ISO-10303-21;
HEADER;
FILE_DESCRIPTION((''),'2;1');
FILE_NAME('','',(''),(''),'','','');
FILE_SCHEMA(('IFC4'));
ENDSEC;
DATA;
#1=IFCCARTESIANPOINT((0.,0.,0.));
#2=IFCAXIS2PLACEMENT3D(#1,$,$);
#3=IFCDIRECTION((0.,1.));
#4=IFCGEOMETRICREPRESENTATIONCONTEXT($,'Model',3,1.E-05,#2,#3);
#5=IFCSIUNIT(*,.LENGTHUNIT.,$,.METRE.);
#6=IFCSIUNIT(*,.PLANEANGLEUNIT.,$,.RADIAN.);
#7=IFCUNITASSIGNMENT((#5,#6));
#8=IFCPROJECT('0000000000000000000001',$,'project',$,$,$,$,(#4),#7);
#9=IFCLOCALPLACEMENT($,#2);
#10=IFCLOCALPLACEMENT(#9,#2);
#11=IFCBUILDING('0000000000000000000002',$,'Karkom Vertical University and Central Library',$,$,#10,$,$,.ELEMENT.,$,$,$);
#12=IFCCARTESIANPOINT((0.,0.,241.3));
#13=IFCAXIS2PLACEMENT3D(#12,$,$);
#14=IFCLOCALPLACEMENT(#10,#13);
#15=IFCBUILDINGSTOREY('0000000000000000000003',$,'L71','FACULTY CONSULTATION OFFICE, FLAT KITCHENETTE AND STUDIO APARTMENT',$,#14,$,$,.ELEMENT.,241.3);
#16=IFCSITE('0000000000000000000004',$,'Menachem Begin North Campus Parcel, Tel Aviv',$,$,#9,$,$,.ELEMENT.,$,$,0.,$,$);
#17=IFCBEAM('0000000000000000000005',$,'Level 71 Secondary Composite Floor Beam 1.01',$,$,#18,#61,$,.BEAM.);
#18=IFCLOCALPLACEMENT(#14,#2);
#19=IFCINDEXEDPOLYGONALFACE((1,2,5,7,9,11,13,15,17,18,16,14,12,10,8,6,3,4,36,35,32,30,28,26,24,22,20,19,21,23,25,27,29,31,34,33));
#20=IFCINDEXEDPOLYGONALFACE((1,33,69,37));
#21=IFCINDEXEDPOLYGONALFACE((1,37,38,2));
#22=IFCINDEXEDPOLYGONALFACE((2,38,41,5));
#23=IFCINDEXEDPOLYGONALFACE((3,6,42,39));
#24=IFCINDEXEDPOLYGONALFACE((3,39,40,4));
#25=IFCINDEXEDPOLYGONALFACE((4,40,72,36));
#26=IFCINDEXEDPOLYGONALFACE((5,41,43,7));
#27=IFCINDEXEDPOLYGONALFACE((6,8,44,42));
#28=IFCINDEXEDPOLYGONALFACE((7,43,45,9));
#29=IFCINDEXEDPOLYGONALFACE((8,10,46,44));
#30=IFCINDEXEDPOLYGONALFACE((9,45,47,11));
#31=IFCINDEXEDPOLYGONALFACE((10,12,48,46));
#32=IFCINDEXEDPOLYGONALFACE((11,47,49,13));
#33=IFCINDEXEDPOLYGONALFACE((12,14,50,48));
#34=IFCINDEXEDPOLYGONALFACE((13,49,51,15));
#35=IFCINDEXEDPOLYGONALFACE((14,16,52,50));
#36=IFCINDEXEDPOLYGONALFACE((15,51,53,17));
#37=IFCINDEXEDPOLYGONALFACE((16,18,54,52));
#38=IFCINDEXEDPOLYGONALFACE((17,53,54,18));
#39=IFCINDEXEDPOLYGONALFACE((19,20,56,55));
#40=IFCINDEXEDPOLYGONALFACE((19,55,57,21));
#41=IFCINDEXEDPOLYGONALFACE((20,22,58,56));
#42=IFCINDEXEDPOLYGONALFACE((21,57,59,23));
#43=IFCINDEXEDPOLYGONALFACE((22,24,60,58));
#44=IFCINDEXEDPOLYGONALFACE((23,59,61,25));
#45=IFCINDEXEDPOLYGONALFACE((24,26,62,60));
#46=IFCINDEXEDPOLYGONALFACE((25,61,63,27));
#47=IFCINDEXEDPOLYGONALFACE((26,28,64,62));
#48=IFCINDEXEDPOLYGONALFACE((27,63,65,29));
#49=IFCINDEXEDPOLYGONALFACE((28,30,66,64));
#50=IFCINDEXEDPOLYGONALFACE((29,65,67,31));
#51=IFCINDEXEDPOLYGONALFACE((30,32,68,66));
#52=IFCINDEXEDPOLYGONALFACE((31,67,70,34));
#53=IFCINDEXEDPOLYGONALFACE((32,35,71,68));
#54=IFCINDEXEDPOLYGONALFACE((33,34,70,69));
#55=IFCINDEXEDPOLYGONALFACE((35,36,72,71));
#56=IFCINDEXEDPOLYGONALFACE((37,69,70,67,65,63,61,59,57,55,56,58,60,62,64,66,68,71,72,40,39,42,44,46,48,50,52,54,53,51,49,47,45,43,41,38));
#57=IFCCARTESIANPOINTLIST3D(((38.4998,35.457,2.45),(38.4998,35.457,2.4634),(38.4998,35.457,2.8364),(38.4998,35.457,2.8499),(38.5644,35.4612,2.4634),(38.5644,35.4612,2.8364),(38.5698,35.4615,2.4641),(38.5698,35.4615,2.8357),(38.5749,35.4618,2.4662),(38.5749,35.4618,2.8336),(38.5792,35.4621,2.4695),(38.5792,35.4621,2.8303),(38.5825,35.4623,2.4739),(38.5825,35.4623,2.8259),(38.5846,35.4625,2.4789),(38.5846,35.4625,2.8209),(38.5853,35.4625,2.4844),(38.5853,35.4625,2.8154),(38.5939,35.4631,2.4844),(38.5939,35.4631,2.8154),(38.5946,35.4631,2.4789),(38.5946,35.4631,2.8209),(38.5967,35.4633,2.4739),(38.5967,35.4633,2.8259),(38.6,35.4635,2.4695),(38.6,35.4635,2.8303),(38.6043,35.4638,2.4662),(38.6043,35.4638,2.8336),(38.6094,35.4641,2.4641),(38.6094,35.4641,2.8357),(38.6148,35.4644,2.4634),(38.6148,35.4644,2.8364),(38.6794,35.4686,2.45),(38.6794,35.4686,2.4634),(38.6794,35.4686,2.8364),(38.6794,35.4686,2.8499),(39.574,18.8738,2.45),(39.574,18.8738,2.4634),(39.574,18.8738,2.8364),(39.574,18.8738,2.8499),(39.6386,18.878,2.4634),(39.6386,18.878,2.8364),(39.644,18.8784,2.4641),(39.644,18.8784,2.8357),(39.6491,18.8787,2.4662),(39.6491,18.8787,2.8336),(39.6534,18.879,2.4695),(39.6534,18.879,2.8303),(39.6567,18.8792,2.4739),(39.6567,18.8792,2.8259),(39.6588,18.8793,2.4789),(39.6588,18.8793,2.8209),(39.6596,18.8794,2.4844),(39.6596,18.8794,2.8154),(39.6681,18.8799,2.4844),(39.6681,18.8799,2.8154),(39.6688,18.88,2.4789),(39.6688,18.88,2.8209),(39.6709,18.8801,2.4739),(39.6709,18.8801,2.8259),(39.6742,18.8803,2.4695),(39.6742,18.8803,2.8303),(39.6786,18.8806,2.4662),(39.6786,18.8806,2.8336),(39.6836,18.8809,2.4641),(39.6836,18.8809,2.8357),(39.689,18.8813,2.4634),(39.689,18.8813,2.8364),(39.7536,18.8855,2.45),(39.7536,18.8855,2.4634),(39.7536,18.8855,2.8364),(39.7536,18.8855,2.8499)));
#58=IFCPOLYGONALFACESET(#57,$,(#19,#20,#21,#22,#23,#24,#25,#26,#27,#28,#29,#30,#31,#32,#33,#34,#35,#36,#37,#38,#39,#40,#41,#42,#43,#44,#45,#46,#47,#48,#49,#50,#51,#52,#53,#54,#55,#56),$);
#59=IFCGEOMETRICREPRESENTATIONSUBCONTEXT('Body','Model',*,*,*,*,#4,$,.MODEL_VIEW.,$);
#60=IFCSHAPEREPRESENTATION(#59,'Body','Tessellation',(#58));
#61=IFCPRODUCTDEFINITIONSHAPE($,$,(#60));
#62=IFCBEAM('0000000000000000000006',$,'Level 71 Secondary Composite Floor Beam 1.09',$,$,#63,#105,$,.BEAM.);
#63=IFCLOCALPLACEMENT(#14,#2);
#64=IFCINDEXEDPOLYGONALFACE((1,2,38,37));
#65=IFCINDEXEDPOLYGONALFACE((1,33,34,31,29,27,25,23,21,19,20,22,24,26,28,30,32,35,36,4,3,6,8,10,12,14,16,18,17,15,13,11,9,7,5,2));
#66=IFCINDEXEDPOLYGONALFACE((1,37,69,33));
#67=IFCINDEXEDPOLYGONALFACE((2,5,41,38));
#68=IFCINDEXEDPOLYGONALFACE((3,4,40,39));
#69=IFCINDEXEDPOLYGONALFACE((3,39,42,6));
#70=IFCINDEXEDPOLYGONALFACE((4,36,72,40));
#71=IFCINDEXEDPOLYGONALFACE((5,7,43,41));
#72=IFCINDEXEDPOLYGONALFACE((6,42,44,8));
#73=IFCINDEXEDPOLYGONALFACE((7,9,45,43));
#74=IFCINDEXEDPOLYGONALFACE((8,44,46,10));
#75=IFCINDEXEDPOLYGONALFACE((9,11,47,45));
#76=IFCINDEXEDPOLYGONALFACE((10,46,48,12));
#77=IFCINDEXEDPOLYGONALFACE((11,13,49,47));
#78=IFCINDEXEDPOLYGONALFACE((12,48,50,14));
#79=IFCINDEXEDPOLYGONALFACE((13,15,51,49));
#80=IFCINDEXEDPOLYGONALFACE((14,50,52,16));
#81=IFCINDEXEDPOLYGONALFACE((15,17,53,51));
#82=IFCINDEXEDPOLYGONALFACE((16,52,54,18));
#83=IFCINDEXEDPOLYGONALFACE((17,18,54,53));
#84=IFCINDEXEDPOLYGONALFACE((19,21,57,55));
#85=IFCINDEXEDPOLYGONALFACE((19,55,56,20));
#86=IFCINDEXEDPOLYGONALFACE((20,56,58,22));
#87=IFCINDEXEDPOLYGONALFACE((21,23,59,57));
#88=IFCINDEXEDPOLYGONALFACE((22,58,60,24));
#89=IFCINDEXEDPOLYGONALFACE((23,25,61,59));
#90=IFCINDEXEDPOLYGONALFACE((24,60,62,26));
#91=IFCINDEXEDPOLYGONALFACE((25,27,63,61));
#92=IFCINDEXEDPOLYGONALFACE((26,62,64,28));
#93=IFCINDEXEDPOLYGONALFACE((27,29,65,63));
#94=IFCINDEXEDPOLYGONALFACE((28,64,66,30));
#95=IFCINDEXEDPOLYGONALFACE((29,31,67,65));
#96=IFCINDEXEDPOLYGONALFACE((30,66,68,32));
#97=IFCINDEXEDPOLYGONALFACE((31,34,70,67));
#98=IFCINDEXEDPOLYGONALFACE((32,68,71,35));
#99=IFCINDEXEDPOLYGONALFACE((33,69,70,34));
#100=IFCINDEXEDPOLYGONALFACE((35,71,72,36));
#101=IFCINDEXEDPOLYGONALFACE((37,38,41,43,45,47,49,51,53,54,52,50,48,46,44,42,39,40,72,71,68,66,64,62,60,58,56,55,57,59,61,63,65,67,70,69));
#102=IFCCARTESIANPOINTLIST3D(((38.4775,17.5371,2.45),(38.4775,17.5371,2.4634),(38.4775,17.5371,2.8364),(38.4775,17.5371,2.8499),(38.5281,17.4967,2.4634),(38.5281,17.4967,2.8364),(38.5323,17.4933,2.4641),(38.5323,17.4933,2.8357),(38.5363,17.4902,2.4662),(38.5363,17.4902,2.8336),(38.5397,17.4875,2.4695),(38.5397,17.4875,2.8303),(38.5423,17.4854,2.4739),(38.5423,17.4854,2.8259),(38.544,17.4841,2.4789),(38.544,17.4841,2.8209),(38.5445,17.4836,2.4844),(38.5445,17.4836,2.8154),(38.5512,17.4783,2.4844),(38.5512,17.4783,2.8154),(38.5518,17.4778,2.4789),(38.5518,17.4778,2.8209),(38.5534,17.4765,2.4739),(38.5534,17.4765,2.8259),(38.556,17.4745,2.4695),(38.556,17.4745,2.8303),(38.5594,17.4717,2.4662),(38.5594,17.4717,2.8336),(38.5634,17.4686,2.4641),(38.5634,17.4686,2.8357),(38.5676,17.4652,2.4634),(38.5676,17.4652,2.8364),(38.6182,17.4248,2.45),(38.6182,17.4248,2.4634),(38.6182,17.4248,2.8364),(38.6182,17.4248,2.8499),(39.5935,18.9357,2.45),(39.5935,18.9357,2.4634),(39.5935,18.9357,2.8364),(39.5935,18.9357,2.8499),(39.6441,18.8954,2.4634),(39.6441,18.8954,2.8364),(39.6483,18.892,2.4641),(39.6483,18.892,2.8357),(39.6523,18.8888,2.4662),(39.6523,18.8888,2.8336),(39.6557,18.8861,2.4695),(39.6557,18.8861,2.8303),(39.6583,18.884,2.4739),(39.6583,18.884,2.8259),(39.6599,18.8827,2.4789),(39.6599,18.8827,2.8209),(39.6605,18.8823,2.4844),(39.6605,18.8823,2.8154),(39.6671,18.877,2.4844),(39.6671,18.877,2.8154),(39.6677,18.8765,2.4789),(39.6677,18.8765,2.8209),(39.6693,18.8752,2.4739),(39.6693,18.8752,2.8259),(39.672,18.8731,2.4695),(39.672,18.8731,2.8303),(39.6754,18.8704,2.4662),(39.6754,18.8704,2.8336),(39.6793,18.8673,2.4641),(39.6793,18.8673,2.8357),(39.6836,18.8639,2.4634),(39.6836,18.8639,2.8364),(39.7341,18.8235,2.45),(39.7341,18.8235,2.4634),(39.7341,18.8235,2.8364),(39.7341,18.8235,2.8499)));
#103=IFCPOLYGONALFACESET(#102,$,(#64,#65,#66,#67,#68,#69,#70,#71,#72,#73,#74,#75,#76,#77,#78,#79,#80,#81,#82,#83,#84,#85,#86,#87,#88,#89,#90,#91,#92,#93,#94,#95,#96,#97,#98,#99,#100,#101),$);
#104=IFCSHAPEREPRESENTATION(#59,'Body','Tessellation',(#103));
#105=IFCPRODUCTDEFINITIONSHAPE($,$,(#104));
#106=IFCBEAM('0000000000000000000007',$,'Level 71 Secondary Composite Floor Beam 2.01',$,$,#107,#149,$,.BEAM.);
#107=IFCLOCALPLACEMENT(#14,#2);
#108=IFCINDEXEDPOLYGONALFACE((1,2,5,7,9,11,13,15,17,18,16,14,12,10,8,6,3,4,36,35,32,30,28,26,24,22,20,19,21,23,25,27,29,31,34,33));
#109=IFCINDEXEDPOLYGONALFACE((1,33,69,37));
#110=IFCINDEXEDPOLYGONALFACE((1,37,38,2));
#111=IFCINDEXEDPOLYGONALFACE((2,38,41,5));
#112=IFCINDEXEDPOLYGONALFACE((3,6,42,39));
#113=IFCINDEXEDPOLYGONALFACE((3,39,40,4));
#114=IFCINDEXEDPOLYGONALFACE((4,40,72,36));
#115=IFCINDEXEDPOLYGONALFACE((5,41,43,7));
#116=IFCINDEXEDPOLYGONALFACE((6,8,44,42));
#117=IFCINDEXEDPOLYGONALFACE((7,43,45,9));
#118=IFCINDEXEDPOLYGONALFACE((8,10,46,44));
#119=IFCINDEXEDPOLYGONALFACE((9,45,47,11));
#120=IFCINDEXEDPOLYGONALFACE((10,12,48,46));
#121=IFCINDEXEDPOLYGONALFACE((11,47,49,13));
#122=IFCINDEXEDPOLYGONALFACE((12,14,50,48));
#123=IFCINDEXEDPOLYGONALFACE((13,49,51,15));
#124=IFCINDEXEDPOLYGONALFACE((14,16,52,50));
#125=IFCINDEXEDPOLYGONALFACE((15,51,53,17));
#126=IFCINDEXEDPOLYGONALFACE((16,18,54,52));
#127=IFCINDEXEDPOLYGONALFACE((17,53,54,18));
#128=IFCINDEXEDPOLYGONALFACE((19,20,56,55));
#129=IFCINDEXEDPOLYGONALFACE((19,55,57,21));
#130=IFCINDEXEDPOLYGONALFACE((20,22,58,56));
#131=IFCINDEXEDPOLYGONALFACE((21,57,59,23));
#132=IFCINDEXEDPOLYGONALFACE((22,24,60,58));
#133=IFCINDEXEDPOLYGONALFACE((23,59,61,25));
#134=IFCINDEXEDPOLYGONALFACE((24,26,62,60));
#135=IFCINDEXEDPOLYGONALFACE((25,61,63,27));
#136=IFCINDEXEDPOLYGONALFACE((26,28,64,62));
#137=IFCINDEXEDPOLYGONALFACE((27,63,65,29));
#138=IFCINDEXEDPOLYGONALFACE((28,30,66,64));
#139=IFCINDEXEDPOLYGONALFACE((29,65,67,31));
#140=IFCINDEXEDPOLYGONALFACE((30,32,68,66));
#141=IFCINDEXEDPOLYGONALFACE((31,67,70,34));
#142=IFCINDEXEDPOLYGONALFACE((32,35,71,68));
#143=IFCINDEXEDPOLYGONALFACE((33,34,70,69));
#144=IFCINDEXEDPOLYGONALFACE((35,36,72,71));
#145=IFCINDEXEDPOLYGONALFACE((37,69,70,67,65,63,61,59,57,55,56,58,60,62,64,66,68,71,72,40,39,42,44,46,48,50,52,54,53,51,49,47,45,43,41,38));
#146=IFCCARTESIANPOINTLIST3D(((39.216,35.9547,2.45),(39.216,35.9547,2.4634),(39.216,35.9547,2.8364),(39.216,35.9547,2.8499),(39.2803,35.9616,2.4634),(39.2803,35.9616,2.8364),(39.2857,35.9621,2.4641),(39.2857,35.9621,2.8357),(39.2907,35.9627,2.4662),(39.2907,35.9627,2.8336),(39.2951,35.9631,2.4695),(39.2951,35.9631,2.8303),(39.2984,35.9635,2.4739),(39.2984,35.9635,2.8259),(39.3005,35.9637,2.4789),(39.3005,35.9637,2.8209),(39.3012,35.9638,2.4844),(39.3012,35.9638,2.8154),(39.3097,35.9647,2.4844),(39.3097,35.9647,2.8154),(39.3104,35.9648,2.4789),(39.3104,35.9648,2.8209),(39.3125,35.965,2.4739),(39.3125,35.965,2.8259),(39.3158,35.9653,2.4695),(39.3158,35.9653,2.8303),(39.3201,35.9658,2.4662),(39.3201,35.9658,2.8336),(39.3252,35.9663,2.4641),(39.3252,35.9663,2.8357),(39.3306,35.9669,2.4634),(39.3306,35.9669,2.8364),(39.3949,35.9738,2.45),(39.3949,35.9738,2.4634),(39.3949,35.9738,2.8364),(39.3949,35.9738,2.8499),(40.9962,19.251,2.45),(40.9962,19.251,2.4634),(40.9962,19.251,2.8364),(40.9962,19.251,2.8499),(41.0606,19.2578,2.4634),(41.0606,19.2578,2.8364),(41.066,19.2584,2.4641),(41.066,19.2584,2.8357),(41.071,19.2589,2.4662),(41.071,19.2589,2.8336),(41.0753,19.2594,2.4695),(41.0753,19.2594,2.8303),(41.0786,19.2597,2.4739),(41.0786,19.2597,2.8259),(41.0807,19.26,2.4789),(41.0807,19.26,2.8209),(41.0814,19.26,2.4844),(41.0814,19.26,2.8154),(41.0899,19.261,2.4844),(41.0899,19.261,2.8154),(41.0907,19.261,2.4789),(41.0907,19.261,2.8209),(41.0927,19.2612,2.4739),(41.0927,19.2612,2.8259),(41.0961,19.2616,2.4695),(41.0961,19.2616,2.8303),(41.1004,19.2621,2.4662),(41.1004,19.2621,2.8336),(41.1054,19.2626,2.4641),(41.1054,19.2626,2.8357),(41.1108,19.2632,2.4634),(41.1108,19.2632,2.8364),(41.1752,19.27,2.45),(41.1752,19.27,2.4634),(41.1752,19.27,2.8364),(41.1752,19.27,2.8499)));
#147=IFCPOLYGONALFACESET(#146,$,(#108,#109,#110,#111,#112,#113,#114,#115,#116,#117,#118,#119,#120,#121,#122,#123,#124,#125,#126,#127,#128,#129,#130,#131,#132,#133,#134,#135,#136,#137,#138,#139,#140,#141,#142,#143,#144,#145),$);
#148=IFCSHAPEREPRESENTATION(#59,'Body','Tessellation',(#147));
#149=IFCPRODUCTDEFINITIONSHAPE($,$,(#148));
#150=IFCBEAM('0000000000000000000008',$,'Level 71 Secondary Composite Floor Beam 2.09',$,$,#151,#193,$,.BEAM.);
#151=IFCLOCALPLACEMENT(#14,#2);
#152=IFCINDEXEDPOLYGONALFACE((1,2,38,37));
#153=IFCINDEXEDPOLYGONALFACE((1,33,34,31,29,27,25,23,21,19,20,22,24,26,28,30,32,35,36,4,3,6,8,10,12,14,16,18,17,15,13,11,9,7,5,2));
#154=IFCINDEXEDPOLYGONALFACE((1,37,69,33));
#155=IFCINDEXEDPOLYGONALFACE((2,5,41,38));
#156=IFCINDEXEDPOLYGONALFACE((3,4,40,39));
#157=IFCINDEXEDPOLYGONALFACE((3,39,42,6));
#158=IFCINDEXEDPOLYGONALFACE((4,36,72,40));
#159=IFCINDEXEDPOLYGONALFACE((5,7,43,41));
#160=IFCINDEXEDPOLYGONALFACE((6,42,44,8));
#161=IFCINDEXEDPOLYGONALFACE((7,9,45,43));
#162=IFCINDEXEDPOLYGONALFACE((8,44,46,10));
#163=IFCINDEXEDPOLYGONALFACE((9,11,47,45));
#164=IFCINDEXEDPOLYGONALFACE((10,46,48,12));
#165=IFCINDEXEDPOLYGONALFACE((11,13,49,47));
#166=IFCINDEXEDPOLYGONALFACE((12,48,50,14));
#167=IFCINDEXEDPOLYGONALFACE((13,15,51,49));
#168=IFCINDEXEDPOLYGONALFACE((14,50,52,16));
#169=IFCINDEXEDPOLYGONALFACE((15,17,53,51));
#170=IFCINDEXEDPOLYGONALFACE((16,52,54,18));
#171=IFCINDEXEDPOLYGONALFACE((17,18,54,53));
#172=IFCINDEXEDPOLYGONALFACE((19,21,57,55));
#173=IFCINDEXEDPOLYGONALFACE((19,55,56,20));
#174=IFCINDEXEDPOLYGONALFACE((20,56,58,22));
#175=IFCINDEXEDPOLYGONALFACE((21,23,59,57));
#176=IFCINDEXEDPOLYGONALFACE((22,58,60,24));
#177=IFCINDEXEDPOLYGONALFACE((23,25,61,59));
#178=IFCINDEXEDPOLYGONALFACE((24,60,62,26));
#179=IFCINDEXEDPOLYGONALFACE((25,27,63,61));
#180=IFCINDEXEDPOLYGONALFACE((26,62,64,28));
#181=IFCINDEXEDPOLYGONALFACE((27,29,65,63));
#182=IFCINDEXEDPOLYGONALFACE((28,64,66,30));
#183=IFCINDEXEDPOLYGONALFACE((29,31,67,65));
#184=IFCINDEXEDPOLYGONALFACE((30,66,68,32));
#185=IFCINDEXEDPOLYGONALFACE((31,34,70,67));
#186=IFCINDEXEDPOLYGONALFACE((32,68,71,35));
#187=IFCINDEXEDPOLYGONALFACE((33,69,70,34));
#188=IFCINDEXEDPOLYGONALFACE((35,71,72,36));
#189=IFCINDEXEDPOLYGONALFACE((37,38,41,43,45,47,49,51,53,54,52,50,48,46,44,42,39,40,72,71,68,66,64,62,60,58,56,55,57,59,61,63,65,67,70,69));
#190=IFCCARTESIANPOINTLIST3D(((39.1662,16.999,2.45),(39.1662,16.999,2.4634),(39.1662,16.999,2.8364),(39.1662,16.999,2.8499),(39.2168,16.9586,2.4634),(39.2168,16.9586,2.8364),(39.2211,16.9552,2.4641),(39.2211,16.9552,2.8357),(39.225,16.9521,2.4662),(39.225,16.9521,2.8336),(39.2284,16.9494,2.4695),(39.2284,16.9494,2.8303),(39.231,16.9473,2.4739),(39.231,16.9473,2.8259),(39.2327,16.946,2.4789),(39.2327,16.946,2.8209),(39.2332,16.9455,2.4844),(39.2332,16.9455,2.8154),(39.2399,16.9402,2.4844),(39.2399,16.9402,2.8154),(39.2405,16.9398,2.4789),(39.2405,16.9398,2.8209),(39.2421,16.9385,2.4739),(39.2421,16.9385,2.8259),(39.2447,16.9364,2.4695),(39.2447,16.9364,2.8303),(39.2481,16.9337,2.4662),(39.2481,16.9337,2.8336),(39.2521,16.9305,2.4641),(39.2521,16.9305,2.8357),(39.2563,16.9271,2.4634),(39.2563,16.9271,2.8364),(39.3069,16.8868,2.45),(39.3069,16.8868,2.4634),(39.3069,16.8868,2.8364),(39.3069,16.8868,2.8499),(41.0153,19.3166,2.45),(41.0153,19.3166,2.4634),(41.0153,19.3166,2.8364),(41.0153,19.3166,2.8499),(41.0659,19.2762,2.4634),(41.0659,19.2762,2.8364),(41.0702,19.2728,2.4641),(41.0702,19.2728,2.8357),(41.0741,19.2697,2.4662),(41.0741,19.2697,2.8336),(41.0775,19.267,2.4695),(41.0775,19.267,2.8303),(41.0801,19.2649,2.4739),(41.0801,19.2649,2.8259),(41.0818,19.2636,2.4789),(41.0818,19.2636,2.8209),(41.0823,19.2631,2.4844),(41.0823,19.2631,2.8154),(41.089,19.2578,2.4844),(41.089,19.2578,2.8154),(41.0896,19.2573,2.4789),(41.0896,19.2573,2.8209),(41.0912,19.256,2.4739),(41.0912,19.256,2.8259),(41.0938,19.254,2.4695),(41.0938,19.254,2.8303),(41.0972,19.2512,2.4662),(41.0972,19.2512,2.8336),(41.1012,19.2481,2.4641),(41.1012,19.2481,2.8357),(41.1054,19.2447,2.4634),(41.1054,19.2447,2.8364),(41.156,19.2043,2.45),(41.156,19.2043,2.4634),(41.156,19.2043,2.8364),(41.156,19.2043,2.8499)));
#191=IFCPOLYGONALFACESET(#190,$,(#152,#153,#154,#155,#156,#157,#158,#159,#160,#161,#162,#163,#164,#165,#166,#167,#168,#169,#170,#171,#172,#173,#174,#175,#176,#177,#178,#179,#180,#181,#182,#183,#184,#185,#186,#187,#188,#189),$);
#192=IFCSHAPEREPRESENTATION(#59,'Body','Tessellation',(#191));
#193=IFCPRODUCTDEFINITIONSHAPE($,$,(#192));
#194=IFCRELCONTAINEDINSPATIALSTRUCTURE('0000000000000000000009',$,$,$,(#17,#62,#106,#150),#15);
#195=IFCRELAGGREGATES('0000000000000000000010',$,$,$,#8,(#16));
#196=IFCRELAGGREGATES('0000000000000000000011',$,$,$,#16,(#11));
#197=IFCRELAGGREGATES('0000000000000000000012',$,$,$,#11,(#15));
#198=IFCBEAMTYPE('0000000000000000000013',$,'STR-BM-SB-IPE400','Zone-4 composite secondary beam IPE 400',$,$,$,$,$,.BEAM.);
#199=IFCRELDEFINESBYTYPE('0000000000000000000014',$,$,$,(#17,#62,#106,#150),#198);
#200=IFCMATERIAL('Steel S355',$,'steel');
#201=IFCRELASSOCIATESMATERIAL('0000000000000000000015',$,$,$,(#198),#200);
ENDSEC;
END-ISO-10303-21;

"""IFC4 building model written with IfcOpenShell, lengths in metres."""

from ifc_helpers import new_model, si_unit, direction, frame, origin, origin_with_axes, origin_2d, place, context, subcontext, project, spatial, i_section, extrude, source, transform, mapped, material, material_profile, profile_set, type_object, element, save


model = new_model("IFC4")

# Units and contexts
model_context = context("Model", 3, precision=1e-05, world=origin(), true_north=direction((0.0, 1.0)))
body_context = subcontext(model_context, "Body", "Model", "MODEL_VIEW")
ifc_project = project(units=[si_unit("LENGTHUNIT", "METRE"), si_unit("PLANEANGLEUNIT", "RADIAN")], contexts=[model_context])

# Site, building, storey
site_placement = place(None, origin())
site = spatial("IfcSite", under=ifc_project, at=site_placement, Name="Menachem Begin North Campus Parcel, Tel Aviv", CompositionType="ELEMENT", RefElevation=0.0)
building_placement = place(site_placement, origin())
building = spatial("IfcBuilding", under=site, at=building_placement, Name="Karkom Vertical University and Central Library", CompositionType="ELEMENT")
storey_placement = place(building_placement, frame((0.0, 0.0, 241.3)))
storey = spatial("IfcBuildingStorey", under=building, at=storey_placement, Name="L71", Description="FACULTY CONSULTATION OFFICE, FLAT KITCHENETTE AND STUDIO APARTMENT", CompositionType="ELEMENT", Elevation=241.3)

# Beams
ifc_material_1 = material(Name="Steel S355", Category="steel")
ifc_material_profile_1 = material_profile(ifc_material_1, i_section(OverallWidth=0.1799, OverallDepth=0.3999, WebThickness=0.0085, FlangeThickness=0.0134, FilletRadius=0.021, at=origin_2d()), Name="IPE 400")
ifc_profile_set_1 = profile_set([ifc_material_profile_1], Name="Steel S355")
beam_type_1 = type_object("IfcBeamType", Name="STR-BM-SB-IPE400", Description="Zone-4 composite secondary beam IPE 400", PredefinedType="BEAM", material=ifc_profile_set_1)
shared_shape_1 = source(origin_with_axes(), body_context, "Body", "SweptSolid", [
    extrude(i_section(OverallWidth=0.1799, OverallDepth=0.3999, WebThickness=0.0085, FlangeThickness=0.0134, FilletRadius=0.021, at=origin_2d()), origin(), (0.0, 0.0, 1.0), 16.6179),
])
beam_1_placement = place(storey_placement, frame((39.6638, 18.8796, 2.6499), z_axis=(-0.064642, 0.997909, 0.0), x_axis=(-0.997909, -0.064642, 0.0)))
element("IfcBeam", 1, at=beam_1_placement, inside=storey, type_object=beam_type_1, Name="Level 71 Secondary Composite Floor Beam 1.01", PredefinedType="BEAM", context=body_context, shape_type="MappedRepresentation", body=[
    mapped(shared_shape_1, transform((0.0, 0.0, 0.0), scale=1.0)),
])
shared_shape_2 = source(origin_with_axes(), body_context, "Body", "SweptSolid", [
    extrude(i_section(OverallWidth=0.1799, OverallDepth=0.3999, WebThickness=0.0085, FlangeThickness=0.0134, FilletRadius=0.021, at=origin_2d()), origin(), (0.0, 0.0, 1.0), 1.7893),
])
beam_2_placement = place(storey_placement, frame((38.5479, 17.481, 2.6499), z_axis=(0.62368, 0.78168, 0.0), x_axis=(-0.78168, 0.62368, 0.0)))
element("IfcBeam", 2, at=beam_2_placement, inside=storey, type_object=beam_type_1, Name="Level 71 Secondary Composite Floor Beam 1.09", PredefinedType="BEAM", context=body_context, shape_type="MappedRepresentation", body=[
    mapped(shared_shape_2, transform((0.0, 0.0, 0.0), scale=1.0)),
])
shared_shape_3 = source(origin_with_axes(), body_context, "Body", "SweptSolid", [
    extrude(i_section(OverallWidth=0.1799, OverallDepth=0.3999, WebThickness=0.0085, FlangeThickness=0.0134, FilletRadius=0.021, at=origin_2d()), origin(), (0.0, 0.0, 1.0), 16.7983),
])
beam_3_placement = place(storey_placement, frame((41.0857, 19.2605, 2.6499), z_axis=(-0.105978, 0.994368, 0.0), x_axis=(-0.994368, -0.105978, 0.0)))
element("IfcBeam", 3, at=beam_3_placement, inside=storey, type_object=beam_type_1, Name="Level 71 Secondary Composite Floor Beam 2.01", PredefinedType="BEAM", context=body_context, shape_type="MappedRepresentation", body=[
    mapped(shared_shape_3, transform((0.0, 0.0, 0.0), scale=1.0)),
])
shared_shape_4 = source(origin_with_axes(), body_context, "Body", "SweptSolid", [
    extrude(i_section(OverallWidth=0.1799, OverallDepth=0.3999, WebThickness=0.0085, FlangeThickness=0.0134, FilletRadius=0.021, at=origin_2d()), origin(), (0.0, 0.0, 1.0), 2.9648),
])
beam_4_placement = place(storey_placement, frame((39.2366, 16.9429, 2.6499), z_axis=(0.62367, 0.781688, 0.0), x_axis=(-0.781688, 0.62367, 0.0)))
element("IfcBeam", 4, at=beam_4_placement, inside=storey, type_object=beam_type_1, Name="Level 71 Secondary Composite Floor Beam 2.09", PredefinedType="BEAM", context=body_context, shape_type="MappedRepresentation", body=[
    mapped(shared_shape_4, transform((0.0, 0.0, 0.0), scale=1.0)),
])

save(model, "model.ifc")
